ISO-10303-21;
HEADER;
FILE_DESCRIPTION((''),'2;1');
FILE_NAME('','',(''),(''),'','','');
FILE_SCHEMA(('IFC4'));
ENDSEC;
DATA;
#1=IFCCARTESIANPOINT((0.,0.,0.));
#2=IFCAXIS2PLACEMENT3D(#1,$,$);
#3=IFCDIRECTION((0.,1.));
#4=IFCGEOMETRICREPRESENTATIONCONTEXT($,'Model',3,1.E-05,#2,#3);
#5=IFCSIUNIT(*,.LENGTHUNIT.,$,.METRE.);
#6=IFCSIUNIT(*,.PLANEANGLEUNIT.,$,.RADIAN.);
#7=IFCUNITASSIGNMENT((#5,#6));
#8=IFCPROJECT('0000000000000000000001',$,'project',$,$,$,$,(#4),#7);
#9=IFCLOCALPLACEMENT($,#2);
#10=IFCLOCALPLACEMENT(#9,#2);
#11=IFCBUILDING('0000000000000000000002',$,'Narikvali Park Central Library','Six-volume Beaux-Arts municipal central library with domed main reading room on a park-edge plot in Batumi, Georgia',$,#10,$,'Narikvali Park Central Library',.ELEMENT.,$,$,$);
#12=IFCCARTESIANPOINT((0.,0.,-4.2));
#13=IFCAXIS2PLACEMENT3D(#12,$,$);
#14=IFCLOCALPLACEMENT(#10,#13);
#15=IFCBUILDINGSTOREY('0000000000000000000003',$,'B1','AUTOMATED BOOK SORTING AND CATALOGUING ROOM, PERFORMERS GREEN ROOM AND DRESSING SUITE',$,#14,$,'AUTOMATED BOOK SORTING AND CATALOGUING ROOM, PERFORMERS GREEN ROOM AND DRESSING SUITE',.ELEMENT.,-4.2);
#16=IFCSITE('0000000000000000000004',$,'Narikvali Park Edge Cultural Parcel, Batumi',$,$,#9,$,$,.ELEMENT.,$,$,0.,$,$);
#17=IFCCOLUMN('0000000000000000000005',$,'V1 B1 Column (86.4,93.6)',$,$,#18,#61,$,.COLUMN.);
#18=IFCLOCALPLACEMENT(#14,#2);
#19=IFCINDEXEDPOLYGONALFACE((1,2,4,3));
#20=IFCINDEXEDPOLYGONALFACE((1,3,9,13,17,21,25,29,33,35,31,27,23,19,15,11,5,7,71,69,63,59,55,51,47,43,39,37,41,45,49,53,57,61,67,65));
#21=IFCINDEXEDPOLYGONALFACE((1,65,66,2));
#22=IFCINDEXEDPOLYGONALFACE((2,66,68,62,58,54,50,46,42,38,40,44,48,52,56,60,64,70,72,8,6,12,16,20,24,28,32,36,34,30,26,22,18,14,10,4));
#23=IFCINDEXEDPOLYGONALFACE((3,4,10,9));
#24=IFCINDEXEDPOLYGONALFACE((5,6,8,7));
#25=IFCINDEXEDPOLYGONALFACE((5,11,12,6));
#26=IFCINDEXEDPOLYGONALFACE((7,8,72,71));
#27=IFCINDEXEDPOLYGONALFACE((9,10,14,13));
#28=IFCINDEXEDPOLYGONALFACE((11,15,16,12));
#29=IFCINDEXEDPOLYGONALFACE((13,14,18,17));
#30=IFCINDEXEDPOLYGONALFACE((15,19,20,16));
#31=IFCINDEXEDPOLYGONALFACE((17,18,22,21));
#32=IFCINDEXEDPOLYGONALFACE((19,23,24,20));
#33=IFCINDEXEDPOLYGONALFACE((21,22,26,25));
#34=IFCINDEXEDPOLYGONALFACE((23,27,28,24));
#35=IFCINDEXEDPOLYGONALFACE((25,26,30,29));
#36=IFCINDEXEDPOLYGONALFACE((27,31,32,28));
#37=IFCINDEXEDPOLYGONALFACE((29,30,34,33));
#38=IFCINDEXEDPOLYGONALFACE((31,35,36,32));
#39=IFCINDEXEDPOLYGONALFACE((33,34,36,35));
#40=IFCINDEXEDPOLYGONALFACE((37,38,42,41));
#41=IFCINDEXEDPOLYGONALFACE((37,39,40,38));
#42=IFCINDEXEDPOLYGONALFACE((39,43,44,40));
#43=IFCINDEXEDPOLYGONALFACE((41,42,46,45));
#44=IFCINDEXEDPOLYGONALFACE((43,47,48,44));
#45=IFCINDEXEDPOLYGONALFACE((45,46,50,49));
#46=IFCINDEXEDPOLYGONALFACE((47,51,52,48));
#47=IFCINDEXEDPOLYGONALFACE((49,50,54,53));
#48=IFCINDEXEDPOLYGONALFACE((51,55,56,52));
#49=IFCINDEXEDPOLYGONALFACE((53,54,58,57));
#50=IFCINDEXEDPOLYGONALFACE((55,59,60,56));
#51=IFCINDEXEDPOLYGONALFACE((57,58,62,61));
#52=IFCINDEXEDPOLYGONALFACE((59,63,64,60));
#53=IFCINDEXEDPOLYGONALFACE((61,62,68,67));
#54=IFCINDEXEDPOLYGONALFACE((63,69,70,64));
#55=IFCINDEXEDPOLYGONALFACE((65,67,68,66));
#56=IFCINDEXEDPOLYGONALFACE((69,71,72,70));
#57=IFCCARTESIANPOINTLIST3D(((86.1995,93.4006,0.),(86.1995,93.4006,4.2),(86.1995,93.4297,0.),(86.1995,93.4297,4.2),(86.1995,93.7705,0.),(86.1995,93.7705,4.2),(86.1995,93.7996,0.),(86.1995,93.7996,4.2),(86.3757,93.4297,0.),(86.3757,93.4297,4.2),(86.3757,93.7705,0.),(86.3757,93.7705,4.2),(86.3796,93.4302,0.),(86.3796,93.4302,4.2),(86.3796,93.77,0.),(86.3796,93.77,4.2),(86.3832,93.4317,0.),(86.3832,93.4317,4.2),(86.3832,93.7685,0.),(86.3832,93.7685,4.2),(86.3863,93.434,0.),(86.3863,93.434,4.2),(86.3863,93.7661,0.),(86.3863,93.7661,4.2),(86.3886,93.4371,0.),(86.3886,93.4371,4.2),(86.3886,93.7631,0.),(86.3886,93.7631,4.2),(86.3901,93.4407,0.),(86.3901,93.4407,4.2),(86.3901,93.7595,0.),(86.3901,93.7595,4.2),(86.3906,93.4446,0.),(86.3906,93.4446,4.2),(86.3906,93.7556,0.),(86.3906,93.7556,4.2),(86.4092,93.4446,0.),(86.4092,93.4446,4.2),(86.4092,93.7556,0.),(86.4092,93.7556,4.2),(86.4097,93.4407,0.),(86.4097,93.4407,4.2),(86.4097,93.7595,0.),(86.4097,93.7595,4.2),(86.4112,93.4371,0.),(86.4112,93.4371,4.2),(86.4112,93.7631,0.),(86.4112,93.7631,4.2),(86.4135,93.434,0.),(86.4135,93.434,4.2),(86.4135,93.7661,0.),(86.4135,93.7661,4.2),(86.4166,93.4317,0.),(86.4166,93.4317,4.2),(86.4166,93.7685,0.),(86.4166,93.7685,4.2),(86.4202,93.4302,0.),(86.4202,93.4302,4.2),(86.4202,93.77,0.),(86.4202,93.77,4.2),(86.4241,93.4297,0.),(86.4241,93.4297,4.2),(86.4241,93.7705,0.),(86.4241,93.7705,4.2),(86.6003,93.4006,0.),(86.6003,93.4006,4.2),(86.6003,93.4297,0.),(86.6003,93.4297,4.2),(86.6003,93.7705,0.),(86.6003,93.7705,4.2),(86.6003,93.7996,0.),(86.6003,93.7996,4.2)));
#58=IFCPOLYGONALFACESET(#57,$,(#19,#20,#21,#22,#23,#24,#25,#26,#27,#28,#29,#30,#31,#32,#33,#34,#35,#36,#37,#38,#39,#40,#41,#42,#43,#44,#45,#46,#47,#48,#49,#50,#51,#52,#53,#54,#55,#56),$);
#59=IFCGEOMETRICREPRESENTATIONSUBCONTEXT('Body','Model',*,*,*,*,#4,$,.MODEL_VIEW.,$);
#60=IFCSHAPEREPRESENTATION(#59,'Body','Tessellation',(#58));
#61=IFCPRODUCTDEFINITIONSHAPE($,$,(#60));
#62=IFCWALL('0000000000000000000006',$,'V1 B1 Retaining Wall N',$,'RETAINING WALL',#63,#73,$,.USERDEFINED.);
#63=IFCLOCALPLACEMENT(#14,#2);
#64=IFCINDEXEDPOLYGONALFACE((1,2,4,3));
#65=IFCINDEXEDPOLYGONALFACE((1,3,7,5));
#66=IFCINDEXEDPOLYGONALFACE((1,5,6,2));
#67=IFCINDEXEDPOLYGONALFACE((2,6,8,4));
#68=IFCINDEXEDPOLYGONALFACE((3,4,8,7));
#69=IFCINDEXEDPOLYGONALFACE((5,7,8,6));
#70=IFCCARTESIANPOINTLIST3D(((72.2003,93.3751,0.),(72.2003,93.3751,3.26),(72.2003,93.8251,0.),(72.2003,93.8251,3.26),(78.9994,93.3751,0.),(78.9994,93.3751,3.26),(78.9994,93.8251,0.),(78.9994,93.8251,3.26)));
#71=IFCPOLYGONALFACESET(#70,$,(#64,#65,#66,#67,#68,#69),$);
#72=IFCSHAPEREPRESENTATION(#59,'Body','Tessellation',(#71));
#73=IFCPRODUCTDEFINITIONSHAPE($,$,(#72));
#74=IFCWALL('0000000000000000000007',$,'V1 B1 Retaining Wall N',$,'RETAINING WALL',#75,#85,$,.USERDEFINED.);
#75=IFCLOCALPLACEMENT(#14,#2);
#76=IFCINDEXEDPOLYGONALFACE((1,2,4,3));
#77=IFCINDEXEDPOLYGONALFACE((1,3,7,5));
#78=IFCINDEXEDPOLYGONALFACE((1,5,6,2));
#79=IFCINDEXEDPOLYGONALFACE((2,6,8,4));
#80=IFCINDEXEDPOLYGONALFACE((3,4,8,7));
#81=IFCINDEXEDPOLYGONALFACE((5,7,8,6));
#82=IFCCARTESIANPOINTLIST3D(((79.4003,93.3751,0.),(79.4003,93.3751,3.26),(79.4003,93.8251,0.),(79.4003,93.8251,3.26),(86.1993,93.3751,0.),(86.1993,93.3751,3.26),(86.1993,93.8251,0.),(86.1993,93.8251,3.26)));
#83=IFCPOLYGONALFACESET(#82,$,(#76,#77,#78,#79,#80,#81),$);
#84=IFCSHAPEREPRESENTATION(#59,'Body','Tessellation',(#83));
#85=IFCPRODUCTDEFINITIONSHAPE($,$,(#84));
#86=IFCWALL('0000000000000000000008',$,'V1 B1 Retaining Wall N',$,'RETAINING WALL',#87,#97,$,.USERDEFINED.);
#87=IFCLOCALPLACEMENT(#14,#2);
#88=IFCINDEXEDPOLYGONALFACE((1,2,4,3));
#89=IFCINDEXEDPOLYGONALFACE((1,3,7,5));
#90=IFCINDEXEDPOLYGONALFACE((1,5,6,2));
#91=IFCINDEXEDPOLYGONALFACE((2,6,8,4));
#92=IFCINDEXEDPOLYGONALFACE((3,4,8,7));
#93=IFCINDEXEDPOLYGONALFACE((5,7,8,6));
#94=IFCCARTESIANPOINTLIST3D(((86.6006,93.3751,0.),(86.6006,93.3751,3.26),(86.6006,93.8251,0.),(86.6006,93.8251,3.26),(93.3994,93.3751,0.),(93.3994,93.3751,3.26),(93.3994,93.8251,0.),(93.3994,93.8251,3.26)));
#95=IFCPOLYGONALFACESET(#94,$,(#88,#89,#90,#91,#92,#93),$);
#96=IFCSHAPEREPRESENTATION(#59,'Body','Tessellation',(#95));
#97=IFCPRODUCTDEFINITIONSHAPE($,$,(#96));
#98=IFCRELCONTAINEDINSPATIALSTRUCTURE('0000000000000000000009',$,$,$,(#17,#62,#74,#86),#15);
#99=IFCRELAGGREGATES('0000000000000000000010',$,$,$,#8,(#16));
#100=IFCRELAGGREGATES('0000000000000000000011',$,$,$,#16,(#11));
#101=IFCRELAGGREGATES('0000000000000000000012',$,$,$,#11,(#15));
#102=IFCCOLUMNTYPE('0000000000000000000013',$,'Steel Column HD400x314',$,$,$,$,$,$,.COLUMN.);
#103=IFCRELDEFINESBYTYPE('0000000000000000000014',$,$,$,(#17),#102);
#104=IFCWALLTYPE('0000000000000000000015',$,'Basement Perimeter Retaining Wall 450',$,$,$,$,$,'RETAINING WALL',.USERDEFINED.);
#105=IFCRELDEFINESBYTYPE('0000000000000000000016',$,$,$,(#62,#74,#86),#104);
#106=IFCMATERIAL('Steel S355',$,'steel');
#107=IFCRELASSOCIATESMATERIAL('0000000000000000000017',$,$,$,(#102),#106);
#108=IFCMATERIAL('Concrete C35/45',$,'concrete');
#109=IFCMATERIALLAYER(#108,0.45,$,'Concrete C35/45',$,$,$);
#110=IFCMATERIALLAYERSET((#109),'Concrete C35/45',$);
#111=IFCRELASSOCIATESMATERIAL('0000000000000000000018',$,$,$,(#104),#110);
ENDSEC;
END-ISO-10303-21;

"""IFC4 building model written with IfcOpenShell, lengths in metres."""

from ifc_helpers import new_model, si_unit, direction, frame, frame_2d, origin, origin_2d, place, context, subcontext, project, spatial, rectangle, i_section, extrude, material, layer, layer_set, material_profile, profile_set, type_object, element, save


model = new_model("IFC4")

# Units and contexts
model_context = context("Model", 3, precision=1e-05, world=origin(), true_north=direction((0.0, 1.0)))
body_context = subcontext(model_context, "Body", "Model", "MODEL_VIEW")
ifc_project = project(units=[si_unit("LENGTHUNIT", "METRE"), si_unit("PLANEANGLEUNIT", "RADIAN")], contexts=[model_context])

# Site, building, storey
site_placement = place(None, origin())
site = spatial("IfcSite", under=ifc_project, at=site_placement, Name="Narikvali Park Edge Cultural Parcel, Batumi", CompositionType="ELEMENT", RefElevation=0.0)
building_placement = place(site_placement, origin())
building = spatial("IfcBuilding", under=site, at=building_placement, Name="Narikvali Park Central Library", Description="Six-volume Beaux-Arts municipal central library with domed main reading room on a park-edge plot in Batumi, Georgia", LongName="Narikvali Park Central Library", CompositionType="ELEMENT")
storey_placement = place(building_placement, frame((0.0, 0.0, -4.2)))
storey = spatial("IfcBuildingStorey", under=building, at=storey_placement, Name="B1", Description="AUTOMATED BOOK SORTING AND CATALOGUING ROOM, PERFORMERS GREEN ROOM AND DRESSING SUITE", LongName="AUTOMATED BOOK SORTING AND CATALOGUING ROOM, PERFORMERS GREEN ROOM AND DRESSING SUITE", CompositionType="ELEMENT", Elevation=-4.2)

# Shared definitions
ifc_material_1 = material(Name="Concrete C35/45", Category="concrete")

# Column
ifc_material_2 = material(Name="Steel S355", Category="steel")
ifc_material_profile_1 = material_profile(ifc_material_2, i_section(OverallWidth=0.4009, OverallDepth=0.3989, WebThickness=0.0186, FlangeThickness=0.0291, FilletRadius=0.0149, at=origin_2d()), Name="HD 400x314")
ifc_profile_set_1 = profile_set([ifc_material_profile_1], Name="Steel S355")
column_type_1 = type_object("IfcColumnType", Name="Steel Column HD400x314", PredefinedType="COLUMN", material=ifc_profile_set_1)
for number, where, z_axis, x_axis, name in (
    (1, (86.3999, 93.6001, 0.0), (0.0, 0.0, 1.0), (1.0, 0.0, 0.0), "V1 B1 Column (86.4,93.6)"),
):
    element("IfcColumn", number, at=place(storey_placement, frame(where, z_axis=z_axis, x_axis=x_axis)), inside=storey, type_object=column_type_1, Name=name, PredefinedType="COLUMN", context=body_context, shape_type="SweptSolid", body=[
        extrude(i_section(OverallWidth=0.4009, OverallDepth=0.3989, WebThickness=0.0186, FlangeThickness=0.0291, FilletRadius=0.0149, at=origin_2d()), origin(), (0.0, 0.0, 1.0), 4.2),
    ])

# Walls
ifc_layer_1 = layer(ifc_material_1, 0.45, Name="Concrete C35/45")
ifc_layer_set_1 = layer_set([ifc_layer_1], Name="Concrete C35/45")
wall_type = type_object("IfcWallType", Name="Basement Perimeter Retaining Wall 450", ElementType="RETAINING WALL", PredefinedType="USERDEFINED", material=ifc_layer_set_1)
for number, where, z_axis, x_axis, name in (
    (2, (72.2004, 93.6001, 0.0), (0.0, 0.0, 1.0), (1.0, 0.0, 0.0), "V1 B1 Retaining Wall N"),
    (3, (79.4004, 93.6001, 0.0), (0.0, 0.0, 1.0), (1.0, 0.0, 0.0), "V1 B1 Retaining Wall N"),
):
    element("IfcWall", number, at=place(storey_placement, frame(where, z_axis=z_axis, x_axis=x_axis)), inside=storey, type_object=wall_type, Name=name, ObjectType="RETAINING WALL", PredefinedType="USERDEFINED", context=body_context, shape_type="SweptSolid", body=[
        extrude(rectangle(XDim=6.7991, YDim=0.45, at=frame_2d((3.3994, 0.0))), origin(), (0.0, 0.0, 1.0), 3.26),
    ])
wall_placement = place(storey_placement, frame((86.6006, 93.6001, 0.0), z_axis=(0.0, 0.0, 1.0), x_axis=(1.0, 0.0, 0.0)))
element("IfcWall", 4, at=wall_placement, inside=storey, type_object=wall_type, Name="V1 B1 Retaining Wall N", ObjectType="RETAINING WALL", PredefinedType="USERDEFINED", context=body_context, shape_type="SweptSolid", body=[
    extrude(rectangle(XDim=6.7988, YDim=0.45, at=frame_2d((3.3994, 0.0))), origin(), (0.0, 0.0, 1.0), 3.26),
])

save(model, "model.ifc")
